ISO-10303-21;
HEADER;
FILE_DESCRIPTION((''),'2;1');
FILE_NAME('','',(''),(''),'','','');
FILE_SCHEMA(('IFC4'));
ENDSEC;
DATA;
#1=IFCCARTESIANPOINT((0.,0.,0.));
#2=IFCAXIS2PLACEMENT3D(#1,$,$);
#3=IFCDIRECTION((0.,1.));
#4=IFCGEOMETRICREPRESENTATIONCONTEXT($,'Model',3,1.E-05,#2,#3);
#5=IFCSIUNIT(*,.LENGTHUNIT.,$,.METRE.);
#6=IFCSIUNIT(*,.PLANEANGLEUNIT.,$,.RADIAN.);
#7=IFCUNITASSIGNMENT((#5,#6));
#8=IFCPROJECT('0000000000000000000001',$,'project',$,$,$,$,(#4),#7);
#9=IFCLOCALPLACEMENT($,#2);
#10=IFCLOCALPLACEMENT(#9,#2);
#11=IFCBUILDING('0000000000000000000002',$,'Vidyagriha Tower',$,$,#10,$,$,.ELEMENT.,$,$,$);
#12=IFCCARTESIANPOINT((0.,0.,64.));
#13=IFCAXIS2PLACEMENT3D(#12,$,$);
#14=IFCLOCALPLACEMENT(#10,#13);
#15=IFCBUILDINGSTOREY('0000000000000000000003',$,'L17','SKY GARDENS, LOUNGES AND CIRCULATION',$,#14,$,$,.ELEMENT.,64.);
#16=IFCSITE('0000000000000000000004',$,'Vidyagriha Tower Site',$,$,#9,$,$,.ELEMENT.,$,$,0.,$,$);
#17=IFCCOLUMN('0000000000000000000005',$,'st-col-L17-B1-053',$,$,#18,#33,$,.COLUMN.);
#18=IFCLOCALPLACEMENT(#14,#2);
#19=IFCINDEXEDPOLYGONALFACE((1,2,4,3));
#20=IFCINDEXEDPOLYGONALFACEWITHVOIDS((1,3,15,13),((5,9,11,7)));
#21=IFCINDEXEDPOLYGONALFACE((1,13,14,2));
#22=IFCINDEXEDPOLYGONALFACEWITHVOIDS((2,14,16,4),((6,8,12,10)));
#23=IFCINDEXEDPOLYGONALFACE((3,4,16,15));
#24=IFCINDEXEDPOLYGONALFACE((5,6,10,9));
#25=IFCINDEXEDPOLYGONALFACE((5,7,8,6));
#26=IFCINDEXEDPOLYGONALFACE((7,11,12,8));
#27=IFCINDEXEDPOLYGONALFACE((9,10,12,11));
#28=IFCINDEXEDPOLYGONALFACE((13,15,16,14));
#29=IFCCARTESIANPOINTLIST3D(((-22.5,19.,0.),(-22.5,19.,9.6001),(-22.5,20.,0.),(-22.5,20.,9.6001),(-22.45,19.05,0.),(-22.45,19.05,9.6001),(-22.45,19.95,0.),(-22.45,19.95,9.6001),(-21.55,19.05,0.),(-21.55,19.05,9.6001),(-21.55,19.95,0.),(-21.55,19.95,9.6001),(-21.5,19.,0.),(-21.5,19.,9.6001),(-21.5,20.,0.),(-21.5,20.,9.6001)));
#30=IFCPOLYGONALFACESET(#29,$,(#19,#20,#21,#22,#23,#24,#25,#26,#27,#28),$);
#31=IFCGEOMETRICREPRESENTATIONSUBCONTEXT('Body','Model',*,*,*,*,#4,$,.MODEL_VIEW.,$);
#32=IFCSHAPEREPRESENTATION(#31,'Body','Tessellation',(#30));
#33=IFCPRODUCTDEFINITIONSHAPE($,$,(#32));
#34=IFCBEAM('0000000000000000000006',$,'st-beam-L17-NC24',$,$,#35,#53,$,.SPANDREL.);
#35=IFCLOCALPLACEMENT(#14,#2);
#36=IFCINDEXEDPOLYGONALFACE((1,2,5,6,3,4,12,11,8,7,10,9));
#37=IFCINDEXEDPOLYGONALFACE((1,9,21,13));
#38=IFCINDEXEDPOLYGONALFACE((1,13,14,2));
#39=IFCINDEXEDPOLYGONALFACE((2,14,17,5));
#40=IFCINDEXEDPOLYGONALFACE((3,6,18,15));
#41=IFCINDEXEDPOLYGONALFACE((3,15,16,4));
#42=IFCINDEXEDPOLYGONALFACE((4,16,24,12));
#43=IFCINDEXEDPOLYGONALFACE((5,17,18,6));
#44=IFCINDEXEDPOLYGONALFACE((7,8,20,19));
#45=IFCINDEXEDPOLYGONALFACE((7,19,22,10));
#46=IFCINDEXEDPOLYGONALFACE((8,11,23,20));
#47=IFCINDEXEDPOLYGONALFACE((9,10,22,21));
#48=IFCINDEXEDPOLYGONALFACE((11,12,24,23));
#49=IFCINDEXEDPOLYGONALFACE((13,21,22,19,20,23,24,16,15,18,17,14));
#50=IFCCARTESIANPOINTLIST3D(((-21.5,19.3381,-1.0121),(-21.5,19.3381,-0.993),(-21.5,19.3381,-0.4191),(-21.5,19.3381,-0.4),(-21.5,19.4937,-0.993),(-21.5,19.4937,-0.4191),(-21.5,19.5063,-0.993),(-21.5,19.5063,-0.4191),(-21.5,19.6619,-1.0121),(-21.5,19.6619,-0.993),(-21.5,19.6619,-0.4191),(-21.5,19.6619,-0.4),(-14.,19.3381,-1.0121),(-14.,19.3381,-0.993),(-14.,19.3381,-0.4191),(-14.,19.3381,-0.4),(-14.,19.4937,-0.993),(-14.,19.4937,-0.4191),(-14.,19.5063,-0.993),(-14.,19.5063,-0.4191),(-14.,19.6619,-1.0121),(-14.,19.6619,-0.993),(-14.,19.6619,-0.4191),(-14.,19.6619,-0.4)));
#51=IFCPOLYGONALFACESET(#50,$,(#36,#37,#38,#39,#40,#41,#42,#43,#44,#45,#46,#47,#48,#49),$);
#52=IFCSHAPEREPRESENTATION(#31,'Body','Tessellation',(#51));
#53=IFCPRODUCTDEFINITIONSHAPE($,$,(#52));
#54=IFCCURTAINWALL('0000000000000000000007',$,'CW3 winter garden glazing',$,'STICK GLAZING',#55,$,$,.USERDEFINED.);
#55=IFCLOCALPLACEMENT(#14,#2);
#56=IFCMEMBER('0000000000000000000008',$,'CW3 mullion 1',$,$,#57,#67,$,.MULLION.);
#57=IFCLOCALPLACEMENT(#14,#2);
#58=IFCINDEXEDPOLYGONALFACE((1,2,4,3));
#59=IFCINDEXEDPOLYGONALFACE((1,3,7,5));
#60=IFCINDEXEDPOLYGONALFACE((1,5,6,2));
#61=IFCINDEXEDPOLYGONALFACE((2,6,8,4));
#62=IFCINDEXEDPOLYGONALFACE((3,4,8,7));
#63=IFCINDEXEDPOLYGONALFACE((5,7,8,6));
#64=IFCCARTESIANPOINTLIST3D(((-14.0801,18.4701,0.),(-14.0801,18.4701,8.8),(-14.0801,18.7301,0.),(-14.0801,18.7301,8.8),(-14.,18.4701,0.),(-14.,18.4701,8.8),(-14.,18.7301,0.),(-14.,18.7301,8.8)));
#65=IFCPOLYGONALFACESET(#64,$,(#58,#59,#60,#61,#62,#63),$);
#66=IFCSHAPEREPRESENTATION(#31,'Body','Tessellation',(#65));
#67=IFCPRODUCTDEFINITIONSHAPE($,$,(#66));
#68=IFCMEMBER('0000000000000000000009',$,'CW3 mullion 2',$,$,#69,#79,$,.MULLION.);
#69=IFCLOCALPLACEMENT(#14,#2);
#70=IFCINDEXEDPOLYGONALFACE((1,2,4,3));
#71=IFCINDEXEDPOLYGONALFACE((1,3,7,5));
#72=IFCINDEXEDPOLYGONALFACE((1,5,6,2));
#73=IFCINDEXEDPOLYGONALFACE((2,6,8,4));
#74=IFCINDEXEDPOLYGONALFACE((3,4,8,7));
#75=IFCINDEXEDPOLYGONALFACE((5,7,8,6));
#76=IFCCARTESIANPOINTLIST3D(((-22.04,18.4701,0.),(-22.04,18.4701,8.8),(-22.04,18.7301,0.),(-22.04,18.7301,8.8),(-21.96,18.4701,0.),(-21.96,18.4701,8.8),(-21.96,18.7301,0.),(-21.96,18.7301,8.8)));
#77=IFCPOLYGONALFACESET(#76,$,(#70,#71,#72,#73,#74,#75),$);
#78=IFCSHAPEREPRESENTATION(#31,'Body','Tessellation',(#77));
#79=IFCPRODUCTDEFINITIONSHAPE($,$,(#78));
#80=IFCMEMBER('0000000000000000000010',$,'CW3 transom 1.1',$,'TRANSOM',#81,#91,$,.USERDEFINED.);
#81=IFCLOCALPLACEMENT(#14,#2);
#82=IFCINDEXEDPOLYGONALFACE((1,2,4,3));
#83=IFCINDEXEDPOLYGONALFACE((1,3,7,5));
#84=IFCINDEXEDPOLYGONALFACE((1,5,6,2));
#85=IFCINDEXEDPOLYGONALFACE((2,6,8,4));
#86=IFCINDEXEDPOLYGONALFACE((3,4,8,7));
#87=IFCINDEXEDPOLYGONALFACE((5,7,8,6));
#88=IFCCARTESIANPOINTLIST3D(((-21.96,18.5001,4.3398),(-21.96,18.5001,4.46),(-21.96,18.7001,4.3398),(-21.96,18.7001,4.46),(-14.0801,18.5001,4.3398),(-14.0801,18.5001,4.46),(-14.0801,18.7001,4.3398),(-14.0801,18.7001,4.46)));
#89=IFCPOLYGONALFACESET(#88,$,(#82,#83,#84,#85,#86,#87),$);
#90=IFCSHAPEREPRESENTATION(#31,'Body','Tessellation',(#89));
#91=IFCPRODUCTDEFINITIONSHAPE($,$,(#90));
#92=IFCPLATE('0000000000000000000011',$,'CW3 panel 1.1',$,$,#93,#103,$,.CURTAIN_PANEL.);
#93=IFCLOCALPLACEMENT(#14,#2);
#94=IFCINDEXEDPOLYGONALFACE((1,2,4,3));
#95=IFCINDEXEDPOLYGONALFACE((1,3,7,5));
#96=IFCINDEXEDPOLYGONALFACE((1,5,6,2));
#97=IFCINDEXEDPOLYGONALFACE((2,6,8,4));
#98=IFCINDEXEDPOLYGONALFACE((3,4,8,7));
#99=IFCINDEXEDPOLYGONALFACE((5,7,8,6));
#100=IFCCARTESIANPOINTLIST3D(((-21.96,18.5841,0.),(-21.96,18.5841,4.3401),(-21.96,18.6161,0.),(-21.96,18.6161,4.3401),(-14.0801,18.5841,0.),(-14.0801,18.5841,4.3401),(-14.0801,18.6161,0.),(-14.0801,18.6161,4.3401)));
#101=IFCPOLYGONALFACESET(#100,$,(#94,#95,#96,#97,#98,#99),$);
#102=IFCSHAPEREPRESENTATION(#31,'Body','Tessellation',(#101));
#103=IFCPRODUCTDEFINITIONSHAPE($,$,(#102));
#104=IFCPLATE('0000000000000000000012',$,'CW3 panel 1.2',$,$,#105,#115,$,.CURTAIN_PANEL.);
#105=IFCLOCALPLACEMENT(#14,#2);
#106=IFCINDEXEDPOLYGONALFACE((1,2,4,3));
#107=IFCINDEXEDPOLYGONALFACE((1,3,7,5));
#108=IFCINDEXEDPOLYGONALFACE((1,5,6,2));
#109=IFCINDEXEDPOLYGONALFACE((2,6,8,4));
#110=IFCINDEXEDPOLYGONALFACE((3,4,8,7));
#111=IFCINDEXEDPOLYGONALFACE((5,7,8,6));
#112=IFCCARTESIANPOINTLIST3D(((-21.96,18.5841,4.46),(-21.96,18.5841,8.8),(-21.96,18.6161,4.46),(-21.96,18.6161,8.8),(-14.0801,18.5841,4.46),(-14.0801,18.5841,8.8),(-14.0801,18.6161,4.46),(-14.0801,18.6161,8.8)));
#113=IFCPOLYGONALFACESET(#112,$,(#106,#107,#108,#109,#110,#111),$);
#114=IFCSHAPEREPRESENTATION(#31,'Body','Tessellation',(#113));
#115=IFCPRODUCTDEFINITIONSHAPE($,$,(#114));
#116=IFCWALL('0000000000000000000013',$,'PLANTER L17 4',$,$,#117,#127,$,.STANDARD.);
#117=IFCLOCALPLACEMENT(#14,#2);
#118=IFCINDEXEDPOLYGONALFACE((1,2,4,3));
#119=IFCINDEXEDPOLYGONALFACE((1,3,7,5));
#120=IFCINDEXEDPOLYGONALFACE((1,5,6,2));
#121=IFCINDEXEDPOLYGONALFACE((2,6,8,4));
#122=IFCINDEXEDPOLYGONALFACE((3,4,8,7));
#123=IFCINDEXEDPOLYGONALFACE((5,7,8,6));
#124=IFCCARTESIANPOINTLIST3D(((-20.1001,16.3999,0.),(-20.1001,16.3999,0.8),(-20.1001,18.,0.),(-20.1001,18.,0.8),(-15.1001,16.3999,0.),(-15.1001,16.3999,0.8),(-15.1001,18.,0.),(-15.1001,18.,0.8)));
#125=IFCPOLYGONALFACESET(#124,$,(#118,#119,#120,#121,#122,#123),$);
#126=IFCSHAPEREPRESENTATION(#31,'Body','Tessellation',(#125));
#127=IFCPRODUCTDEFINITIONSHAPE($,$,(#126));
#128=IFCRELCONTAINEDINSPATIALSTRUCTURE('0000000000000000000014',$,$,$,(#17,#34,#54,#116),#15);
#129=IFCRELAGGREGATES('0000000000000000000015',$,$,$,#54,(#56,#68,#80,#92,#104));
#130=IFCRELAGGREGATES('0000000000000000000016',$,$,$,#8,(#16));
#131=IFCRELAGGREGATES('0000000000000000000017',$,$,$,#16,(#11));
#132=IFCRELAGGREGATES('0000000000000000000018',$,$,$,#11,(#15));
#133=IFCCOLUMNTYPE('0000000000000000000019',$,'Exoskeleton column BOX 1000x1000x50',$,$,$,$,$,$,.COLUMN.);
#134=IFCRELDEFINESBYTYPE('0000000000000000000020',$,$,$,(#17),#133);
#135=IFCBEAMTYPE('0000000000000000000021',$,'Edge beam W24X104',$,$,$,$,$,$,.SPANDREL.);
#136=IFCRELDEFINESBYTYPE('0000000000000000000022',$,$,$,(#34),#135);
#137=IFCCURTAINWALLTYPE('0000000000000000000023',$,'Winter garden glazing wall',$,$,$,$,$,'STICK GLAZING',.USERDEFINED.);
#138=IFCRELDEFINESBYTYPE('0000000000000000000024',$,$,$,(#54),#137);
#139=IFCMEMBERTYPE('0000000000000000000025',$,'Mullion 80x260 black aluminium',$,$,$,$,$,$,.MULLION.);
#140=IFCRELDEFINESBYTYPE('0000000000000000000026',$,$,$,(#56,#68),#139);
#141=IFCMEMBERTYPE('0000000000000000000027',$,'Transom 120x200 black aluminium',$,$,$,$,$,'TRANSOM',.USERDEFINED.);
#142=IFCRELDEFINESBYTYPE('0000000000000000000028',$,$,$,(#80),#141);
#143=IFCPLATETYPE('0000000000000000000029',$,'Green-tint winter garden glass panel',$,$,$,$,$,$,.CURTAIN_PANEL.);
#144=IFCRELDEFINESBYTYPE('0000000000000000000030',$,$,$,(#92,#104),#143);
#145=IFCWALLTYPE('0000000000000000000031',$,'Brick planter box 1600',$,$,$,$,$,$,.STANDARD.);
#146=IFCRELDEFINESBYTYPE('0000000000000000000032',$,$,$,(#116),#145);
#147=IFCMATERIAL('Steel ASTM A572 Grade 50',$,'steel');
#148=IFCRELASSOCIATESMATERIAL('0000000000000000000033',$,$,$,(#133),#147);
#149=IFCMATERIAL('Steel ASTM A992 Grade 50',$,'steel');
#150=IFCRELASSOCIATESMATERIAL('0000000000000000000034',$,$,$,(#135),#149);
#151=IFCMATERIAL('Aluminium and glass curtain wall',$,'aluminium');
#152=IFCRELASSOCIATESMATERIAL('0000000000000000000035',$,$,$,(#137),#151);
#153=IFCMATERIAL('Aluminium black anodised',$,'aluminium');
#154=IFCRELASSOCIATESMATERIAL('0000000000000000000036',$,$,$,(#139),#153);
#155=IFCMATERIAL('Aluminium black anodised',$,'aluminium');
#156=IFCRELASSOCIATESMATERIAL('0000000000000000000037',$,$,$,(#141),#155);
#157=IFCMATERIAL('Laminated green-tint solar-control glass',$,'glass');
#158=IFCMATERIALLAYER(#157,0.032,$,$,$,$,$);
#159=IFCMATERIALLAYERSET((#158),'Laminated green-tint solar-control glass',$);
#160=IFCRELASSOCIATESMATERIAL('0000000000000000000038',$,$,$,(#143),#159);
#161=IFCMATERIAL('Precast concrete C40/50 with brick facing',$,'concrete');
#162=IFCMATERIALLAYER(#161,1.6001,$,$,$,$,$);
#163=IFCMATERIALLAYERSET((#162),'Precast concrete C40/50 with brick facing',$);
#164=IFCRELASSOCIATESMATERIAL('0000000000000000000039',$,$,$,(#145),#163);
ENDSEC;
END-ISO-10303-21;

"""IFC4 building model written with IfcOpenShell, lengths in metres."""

from ifc_helpers import new_model, si_unit, direction, frame, frame_2d, origin, origin_2d, place, context, subcontext, project, spatial, rectangle, hollow_rectangle, i_section, extrude, material, layer, layer_set, material_profile, profile_set, type_object, element, aggregate, save


model = new_model("IFC4")

# Units and contexts
model_context = context("Model", 3, precision=1e-05, world=origin(), true_north=direction((0.0, 1.0)))
body_context = subcontext(model_context, "Body", "Model", "MODEL_VIEW")
ifc_project = project(units=[si_unit("LENGTHUNIT", "METRE"), si_unit("PLANEANGLEUNIT", "RADIAN")], contexts=[model_context])

# Site, building, storey
site_placement = place(None, origin())
site = spatial("IfcSite", under=ifc_project, at=site_placement, Name="Vidyagriha Tower Site", CompositionType="ELEMENT", RefElevation=0.0)
building_placement = place(site_placement, origin())
building = spatial("IfcBuilding", under=site, at=building_placement, Name="Vidyagriha Tower", CompositionType="ELEMENT")
storey_placement = place(building_placement, frame((0.0, 0.0, 64.0)))
storey = spatial("IfcBuildingStorey", under=building, at=storey_placement, Name="L17", Description="SKY GARDENS, LOUNGES AND CIRCULATION", CompositionType="ELEMENT", Elevation=64.0)

# Column
ifc_material_1 = material(Name="Steel ASTM A572 Grade 50", Category="steel")
ifc_material_profile_1 = material_profile(ifc_material_1, hollow_rectangle(XDim=1.0, YDim=1.0, WallThickness=0.05, at=origin_2d()), Name="BOX 1000x1000x50")
ifc_profile_set_1 = profile_set([ifc_material_profile_1], Name="Steel ASTM A572 Grade 50")
column_type = type_object("IfcColumnType", Name="Exoskeleton column BOX 1000x1000x50", PredefinedType="COLUMN", material=ifc_profile_set_1)
column_placement = place(storey_placement, frame((-22.0, 19.5, 0.0)))
element("IfcColumn", 1, at=column_placement, inside=storey, type_object=column_type, Name="st-col-L17-B1-053", PredefinedType="COLUMN", context=body_context, shape_type="SweptSolid", body=[
    extrude(hollow_rectangle(XDim=1.0, YDim=1.0, WallThickness=0.05, at=origin_2d()), origin(), (0.0, 0.0, 1.0), 9.6001),
])

# Beam
ifc_material_2 = material(Name="Steel ASTM A992 Grade 50", Category="steel")
ifc_material_profile_2 = material_profile(ifc_material_2, i_section(OverallWidth=0.3237, OverallDepth=0.6121, WebThickness=0.0127, FlangeThickness=0.019, at=origin_2d()), Name="W24X104")
ifc_profile_set_2 = profile_set([ifc_material_profile_2], Name="Steel ASTM A992 Grade 50")
beam_type = type_object("IfcBeamType", Name="Edge beam W24X104", PredefinedType="SPANDREL", material=ifc_profile_set_2)
beam_placement = place(storey_placement, frame((-21.5, 19.5, -0.7061), z_axis=(1.0, 0.0, 0.0), x_axis=(0.0, 1.0, 0.0)))
element("IfcBeam", 2, at=beam_placement, inside=storey, type_object=beam_type, Name="st-beam-L17-NC24", PredefinedType="SPANDREL", context=body_context, shape_type="SweptSolid", body=[
    extrude(i_section(OverallWidth=0.3237, OverallDepth=0.6121, WebThickness=0.0127, FlangeThickness=0.019, at=origin_2d()), origin(), (0.0, 0.0, 1.0), 7.5),
])

# Curtain wall, members, plates
ifc_material_3 = material(Name="Aluminium and glass curtain wall", Category="aluminium")
curtain_wall_type = type_object("IfcCurtainWallType", Name="Winter garden glazing wall", ElementType="STICK GLAZING", PredefinedType="USERDEFINED", material=ifc_material_3)
curtain_wall_placement = place(storey_placement, origin())
curtain_wall = element("IfcCurtainWall", 3, at=curtain_wall_placement, inside=storey, type_object=curtain_wall_type, Name="CW3 winter garden glazing", ObjectType="STICK GLAZING", PredefinedType="USERDEFINED")
ifc_material_4 = material(Name="Aluminium black anodised", Category="aluminium")
ifc_material_profile_3 = material_profile(ifc_material_4, rectangle(XDim=0.26, YDim=0.0801, at=origin_2d()), Name="Mullion 80x260 black aluminium")
ifc_profile_set_3 = profile_set([ifc_material_profile_3], Name="Aluminium black anodised")
member_type_1 = type_object("IfcMemberType", Name="Mullion 80x260 black aluminium", PredefinedType="MULLION", material=ifc_profile_set_3)
member_1_placement = place(storey_placement, frame((-14.04, 18.6001, 0.0), z_axis=(0.0, 0.0, 1.0), x_axis=(0.0, -1.0, 0.0)))
member_1 = element("IfcMember", 4, at=member_1_placement, type_object=member_type_1, Name="CW3 mullion 1", PredefinedType="MULLION", context=body_context, shape_type="SweptSolid", body=[
    extrude(rectangle(XDim=0.26, YDim=0.0801, at=origin_2d()), origin(), (0.0, 0.0, 1.0), 8.8),
])
member_2_placement = place(storey_placement, frame((-22.0, 18.6001, 0.0), z_axis=(0.0, 0.0, 1.0), x_axis=(0.0, -1.0, 0.0)))
member_2 = element("IfcMember", 5, at=member_2_placement, type_object=member_type_1, Name="CW3 mullion 2", PredefinedType="MULLION", context=body_context, shape_type="SweptSolid", body=[
    extrude(rectangle(XDim=0.26, YDim=0.0801, at=origin_2d()), origin(), (0.0, 0.0, 1.0), 8.8),
])
ifc_material_5 = material(Name="Aluminium black anodised", Category="aluminium")
ifc_material_profile_4 = material_profile(ifc_material_5, rectangle(XDim=0.2, YDim=0.1201, at=origin_2d()), Name="Transom 120x200 black aluminium")
ifc_profile_set_4 = profile_set([ifc_material_profile_4], Name="Aluminium black anodised")
member_type_2 = type_object("IfcMemberType", Name="Transom 120x200 black aluminium", ElementType="TRANSOM", PredefinedType="USERDEFINED", material=ifc_profile_set_4)
member_3_placement = place(storey_placement, frame((-14.0801, 18.6001, 4.3999), z_axis=(-1.0, 0.0, 0.0), x_axis=(0.0, -1.0, 0.0)))
member_3 = element("IfcMember", 6, at=member_3_placement, type_object=member_type_2, Name="CW3 transom 1.1", ObjectType="TRANSOM", PredefinedType="USERDEFINED", context=body_context, shape_type="SweptSolid", body=[
    extrude(rectangle(XDim=0.2, YDim=0.1201, at=origin_2d()), origin(), (0.0, 0.0, 1.0), 7.8799),
])
ifc_material_6 = material(Name="Laminated green-tint solar-control glass", Category="glass")
ifc_layer_1 = layer(ifc_material_6, 0.032)
ifc_layer_set_1 = layer_set([ifc_layer_1], Name="Laminated green-tint solar-control glass")
plate_type = type_object("IfcPlateType", Name="Green-tint winter garden glass panel", PredefinedType="CURTAIN_PANEL", material=ifc_layer_set_1)
plate_1_placement = place(storey_placement, frame((-18.02, 18.6001, 0.0), z_axis=(0.0, 0.0, 1.0), x_axis=(-1.0, 0.0, 0.0)))
plate_1 = element("IfcPlate", 7, at=plate_1_placement, type_object=plate_type, Name="CW3 panel 1.1", PredefinedType="CURTAIN_PANEL", context=body_context, shape_type="SweptSolid", body=[
    extrude(rectangle(XDim=7.8799, YDim=0.032, at=origin_2d()), origin(), (0.0, 0.0, 1.0), 4.3401),
])
plate_2_placement = place(storey_placement, frame((-18.02, 18.6001, 4.46), z_axis=(0.0, 0.0, 1.0), x_axis=(-1.0, 0.0, 0.0)))
plate_2 = element("IfcPlate", 8, at=plate_2_placement, type_object=plate_type, Name="CW3 panel 1.2", PredefinedType="CURTAIN_PANEL", context=body_context, shape_type="SweptSolid", body=[
    extrude(rectangle(XDim=7.8799, YDim=0.032, at=origin_2d()), origin(), (0.0, 0.0, 1.0), 4.3401),
])
aggregate(curtain_wall, [member_1, member_2, member_3, plate_1, plate_2])

# Wall
ifc_material_7 = material(Name="Precast concrete C40/50 with brick facing", Category="concrete")
ifc_layer_2 = layer(ifc_material_7, 1.6001)
ifc_layer_set_2 = layer_set([ifc_layer_2], Name="Precast concrete C40/50 with brick facing")
wall_type_1 = type_object("IfcWallType", Name="Brick planter box 1600", PredefinedType="STANDARD", material=ifc_layer_set_2)
wall_1_placement = place(storey_placement, frame((-15.1001, 17.2, 0.0), z_axis=(0.0, 0.0, 1.0), x_axis=(-1.0, 0.0, 0.0)))
element("IfcWall", 9, at=wall_1_placement, inside=storey, type_object=wall_type_1, Name="PLANTER L17 4", PredefinedType="STANDARD", context=body_context, shape_type="SweptSolid", body=[
    extrude(rectangle(XDim=5.0, YDim=1.6001, at=frame_2d((2.5, 0.0))), origin(), (0.0, 0.0, 1.0), 0.8),
])

save(model, "model.ifc")
